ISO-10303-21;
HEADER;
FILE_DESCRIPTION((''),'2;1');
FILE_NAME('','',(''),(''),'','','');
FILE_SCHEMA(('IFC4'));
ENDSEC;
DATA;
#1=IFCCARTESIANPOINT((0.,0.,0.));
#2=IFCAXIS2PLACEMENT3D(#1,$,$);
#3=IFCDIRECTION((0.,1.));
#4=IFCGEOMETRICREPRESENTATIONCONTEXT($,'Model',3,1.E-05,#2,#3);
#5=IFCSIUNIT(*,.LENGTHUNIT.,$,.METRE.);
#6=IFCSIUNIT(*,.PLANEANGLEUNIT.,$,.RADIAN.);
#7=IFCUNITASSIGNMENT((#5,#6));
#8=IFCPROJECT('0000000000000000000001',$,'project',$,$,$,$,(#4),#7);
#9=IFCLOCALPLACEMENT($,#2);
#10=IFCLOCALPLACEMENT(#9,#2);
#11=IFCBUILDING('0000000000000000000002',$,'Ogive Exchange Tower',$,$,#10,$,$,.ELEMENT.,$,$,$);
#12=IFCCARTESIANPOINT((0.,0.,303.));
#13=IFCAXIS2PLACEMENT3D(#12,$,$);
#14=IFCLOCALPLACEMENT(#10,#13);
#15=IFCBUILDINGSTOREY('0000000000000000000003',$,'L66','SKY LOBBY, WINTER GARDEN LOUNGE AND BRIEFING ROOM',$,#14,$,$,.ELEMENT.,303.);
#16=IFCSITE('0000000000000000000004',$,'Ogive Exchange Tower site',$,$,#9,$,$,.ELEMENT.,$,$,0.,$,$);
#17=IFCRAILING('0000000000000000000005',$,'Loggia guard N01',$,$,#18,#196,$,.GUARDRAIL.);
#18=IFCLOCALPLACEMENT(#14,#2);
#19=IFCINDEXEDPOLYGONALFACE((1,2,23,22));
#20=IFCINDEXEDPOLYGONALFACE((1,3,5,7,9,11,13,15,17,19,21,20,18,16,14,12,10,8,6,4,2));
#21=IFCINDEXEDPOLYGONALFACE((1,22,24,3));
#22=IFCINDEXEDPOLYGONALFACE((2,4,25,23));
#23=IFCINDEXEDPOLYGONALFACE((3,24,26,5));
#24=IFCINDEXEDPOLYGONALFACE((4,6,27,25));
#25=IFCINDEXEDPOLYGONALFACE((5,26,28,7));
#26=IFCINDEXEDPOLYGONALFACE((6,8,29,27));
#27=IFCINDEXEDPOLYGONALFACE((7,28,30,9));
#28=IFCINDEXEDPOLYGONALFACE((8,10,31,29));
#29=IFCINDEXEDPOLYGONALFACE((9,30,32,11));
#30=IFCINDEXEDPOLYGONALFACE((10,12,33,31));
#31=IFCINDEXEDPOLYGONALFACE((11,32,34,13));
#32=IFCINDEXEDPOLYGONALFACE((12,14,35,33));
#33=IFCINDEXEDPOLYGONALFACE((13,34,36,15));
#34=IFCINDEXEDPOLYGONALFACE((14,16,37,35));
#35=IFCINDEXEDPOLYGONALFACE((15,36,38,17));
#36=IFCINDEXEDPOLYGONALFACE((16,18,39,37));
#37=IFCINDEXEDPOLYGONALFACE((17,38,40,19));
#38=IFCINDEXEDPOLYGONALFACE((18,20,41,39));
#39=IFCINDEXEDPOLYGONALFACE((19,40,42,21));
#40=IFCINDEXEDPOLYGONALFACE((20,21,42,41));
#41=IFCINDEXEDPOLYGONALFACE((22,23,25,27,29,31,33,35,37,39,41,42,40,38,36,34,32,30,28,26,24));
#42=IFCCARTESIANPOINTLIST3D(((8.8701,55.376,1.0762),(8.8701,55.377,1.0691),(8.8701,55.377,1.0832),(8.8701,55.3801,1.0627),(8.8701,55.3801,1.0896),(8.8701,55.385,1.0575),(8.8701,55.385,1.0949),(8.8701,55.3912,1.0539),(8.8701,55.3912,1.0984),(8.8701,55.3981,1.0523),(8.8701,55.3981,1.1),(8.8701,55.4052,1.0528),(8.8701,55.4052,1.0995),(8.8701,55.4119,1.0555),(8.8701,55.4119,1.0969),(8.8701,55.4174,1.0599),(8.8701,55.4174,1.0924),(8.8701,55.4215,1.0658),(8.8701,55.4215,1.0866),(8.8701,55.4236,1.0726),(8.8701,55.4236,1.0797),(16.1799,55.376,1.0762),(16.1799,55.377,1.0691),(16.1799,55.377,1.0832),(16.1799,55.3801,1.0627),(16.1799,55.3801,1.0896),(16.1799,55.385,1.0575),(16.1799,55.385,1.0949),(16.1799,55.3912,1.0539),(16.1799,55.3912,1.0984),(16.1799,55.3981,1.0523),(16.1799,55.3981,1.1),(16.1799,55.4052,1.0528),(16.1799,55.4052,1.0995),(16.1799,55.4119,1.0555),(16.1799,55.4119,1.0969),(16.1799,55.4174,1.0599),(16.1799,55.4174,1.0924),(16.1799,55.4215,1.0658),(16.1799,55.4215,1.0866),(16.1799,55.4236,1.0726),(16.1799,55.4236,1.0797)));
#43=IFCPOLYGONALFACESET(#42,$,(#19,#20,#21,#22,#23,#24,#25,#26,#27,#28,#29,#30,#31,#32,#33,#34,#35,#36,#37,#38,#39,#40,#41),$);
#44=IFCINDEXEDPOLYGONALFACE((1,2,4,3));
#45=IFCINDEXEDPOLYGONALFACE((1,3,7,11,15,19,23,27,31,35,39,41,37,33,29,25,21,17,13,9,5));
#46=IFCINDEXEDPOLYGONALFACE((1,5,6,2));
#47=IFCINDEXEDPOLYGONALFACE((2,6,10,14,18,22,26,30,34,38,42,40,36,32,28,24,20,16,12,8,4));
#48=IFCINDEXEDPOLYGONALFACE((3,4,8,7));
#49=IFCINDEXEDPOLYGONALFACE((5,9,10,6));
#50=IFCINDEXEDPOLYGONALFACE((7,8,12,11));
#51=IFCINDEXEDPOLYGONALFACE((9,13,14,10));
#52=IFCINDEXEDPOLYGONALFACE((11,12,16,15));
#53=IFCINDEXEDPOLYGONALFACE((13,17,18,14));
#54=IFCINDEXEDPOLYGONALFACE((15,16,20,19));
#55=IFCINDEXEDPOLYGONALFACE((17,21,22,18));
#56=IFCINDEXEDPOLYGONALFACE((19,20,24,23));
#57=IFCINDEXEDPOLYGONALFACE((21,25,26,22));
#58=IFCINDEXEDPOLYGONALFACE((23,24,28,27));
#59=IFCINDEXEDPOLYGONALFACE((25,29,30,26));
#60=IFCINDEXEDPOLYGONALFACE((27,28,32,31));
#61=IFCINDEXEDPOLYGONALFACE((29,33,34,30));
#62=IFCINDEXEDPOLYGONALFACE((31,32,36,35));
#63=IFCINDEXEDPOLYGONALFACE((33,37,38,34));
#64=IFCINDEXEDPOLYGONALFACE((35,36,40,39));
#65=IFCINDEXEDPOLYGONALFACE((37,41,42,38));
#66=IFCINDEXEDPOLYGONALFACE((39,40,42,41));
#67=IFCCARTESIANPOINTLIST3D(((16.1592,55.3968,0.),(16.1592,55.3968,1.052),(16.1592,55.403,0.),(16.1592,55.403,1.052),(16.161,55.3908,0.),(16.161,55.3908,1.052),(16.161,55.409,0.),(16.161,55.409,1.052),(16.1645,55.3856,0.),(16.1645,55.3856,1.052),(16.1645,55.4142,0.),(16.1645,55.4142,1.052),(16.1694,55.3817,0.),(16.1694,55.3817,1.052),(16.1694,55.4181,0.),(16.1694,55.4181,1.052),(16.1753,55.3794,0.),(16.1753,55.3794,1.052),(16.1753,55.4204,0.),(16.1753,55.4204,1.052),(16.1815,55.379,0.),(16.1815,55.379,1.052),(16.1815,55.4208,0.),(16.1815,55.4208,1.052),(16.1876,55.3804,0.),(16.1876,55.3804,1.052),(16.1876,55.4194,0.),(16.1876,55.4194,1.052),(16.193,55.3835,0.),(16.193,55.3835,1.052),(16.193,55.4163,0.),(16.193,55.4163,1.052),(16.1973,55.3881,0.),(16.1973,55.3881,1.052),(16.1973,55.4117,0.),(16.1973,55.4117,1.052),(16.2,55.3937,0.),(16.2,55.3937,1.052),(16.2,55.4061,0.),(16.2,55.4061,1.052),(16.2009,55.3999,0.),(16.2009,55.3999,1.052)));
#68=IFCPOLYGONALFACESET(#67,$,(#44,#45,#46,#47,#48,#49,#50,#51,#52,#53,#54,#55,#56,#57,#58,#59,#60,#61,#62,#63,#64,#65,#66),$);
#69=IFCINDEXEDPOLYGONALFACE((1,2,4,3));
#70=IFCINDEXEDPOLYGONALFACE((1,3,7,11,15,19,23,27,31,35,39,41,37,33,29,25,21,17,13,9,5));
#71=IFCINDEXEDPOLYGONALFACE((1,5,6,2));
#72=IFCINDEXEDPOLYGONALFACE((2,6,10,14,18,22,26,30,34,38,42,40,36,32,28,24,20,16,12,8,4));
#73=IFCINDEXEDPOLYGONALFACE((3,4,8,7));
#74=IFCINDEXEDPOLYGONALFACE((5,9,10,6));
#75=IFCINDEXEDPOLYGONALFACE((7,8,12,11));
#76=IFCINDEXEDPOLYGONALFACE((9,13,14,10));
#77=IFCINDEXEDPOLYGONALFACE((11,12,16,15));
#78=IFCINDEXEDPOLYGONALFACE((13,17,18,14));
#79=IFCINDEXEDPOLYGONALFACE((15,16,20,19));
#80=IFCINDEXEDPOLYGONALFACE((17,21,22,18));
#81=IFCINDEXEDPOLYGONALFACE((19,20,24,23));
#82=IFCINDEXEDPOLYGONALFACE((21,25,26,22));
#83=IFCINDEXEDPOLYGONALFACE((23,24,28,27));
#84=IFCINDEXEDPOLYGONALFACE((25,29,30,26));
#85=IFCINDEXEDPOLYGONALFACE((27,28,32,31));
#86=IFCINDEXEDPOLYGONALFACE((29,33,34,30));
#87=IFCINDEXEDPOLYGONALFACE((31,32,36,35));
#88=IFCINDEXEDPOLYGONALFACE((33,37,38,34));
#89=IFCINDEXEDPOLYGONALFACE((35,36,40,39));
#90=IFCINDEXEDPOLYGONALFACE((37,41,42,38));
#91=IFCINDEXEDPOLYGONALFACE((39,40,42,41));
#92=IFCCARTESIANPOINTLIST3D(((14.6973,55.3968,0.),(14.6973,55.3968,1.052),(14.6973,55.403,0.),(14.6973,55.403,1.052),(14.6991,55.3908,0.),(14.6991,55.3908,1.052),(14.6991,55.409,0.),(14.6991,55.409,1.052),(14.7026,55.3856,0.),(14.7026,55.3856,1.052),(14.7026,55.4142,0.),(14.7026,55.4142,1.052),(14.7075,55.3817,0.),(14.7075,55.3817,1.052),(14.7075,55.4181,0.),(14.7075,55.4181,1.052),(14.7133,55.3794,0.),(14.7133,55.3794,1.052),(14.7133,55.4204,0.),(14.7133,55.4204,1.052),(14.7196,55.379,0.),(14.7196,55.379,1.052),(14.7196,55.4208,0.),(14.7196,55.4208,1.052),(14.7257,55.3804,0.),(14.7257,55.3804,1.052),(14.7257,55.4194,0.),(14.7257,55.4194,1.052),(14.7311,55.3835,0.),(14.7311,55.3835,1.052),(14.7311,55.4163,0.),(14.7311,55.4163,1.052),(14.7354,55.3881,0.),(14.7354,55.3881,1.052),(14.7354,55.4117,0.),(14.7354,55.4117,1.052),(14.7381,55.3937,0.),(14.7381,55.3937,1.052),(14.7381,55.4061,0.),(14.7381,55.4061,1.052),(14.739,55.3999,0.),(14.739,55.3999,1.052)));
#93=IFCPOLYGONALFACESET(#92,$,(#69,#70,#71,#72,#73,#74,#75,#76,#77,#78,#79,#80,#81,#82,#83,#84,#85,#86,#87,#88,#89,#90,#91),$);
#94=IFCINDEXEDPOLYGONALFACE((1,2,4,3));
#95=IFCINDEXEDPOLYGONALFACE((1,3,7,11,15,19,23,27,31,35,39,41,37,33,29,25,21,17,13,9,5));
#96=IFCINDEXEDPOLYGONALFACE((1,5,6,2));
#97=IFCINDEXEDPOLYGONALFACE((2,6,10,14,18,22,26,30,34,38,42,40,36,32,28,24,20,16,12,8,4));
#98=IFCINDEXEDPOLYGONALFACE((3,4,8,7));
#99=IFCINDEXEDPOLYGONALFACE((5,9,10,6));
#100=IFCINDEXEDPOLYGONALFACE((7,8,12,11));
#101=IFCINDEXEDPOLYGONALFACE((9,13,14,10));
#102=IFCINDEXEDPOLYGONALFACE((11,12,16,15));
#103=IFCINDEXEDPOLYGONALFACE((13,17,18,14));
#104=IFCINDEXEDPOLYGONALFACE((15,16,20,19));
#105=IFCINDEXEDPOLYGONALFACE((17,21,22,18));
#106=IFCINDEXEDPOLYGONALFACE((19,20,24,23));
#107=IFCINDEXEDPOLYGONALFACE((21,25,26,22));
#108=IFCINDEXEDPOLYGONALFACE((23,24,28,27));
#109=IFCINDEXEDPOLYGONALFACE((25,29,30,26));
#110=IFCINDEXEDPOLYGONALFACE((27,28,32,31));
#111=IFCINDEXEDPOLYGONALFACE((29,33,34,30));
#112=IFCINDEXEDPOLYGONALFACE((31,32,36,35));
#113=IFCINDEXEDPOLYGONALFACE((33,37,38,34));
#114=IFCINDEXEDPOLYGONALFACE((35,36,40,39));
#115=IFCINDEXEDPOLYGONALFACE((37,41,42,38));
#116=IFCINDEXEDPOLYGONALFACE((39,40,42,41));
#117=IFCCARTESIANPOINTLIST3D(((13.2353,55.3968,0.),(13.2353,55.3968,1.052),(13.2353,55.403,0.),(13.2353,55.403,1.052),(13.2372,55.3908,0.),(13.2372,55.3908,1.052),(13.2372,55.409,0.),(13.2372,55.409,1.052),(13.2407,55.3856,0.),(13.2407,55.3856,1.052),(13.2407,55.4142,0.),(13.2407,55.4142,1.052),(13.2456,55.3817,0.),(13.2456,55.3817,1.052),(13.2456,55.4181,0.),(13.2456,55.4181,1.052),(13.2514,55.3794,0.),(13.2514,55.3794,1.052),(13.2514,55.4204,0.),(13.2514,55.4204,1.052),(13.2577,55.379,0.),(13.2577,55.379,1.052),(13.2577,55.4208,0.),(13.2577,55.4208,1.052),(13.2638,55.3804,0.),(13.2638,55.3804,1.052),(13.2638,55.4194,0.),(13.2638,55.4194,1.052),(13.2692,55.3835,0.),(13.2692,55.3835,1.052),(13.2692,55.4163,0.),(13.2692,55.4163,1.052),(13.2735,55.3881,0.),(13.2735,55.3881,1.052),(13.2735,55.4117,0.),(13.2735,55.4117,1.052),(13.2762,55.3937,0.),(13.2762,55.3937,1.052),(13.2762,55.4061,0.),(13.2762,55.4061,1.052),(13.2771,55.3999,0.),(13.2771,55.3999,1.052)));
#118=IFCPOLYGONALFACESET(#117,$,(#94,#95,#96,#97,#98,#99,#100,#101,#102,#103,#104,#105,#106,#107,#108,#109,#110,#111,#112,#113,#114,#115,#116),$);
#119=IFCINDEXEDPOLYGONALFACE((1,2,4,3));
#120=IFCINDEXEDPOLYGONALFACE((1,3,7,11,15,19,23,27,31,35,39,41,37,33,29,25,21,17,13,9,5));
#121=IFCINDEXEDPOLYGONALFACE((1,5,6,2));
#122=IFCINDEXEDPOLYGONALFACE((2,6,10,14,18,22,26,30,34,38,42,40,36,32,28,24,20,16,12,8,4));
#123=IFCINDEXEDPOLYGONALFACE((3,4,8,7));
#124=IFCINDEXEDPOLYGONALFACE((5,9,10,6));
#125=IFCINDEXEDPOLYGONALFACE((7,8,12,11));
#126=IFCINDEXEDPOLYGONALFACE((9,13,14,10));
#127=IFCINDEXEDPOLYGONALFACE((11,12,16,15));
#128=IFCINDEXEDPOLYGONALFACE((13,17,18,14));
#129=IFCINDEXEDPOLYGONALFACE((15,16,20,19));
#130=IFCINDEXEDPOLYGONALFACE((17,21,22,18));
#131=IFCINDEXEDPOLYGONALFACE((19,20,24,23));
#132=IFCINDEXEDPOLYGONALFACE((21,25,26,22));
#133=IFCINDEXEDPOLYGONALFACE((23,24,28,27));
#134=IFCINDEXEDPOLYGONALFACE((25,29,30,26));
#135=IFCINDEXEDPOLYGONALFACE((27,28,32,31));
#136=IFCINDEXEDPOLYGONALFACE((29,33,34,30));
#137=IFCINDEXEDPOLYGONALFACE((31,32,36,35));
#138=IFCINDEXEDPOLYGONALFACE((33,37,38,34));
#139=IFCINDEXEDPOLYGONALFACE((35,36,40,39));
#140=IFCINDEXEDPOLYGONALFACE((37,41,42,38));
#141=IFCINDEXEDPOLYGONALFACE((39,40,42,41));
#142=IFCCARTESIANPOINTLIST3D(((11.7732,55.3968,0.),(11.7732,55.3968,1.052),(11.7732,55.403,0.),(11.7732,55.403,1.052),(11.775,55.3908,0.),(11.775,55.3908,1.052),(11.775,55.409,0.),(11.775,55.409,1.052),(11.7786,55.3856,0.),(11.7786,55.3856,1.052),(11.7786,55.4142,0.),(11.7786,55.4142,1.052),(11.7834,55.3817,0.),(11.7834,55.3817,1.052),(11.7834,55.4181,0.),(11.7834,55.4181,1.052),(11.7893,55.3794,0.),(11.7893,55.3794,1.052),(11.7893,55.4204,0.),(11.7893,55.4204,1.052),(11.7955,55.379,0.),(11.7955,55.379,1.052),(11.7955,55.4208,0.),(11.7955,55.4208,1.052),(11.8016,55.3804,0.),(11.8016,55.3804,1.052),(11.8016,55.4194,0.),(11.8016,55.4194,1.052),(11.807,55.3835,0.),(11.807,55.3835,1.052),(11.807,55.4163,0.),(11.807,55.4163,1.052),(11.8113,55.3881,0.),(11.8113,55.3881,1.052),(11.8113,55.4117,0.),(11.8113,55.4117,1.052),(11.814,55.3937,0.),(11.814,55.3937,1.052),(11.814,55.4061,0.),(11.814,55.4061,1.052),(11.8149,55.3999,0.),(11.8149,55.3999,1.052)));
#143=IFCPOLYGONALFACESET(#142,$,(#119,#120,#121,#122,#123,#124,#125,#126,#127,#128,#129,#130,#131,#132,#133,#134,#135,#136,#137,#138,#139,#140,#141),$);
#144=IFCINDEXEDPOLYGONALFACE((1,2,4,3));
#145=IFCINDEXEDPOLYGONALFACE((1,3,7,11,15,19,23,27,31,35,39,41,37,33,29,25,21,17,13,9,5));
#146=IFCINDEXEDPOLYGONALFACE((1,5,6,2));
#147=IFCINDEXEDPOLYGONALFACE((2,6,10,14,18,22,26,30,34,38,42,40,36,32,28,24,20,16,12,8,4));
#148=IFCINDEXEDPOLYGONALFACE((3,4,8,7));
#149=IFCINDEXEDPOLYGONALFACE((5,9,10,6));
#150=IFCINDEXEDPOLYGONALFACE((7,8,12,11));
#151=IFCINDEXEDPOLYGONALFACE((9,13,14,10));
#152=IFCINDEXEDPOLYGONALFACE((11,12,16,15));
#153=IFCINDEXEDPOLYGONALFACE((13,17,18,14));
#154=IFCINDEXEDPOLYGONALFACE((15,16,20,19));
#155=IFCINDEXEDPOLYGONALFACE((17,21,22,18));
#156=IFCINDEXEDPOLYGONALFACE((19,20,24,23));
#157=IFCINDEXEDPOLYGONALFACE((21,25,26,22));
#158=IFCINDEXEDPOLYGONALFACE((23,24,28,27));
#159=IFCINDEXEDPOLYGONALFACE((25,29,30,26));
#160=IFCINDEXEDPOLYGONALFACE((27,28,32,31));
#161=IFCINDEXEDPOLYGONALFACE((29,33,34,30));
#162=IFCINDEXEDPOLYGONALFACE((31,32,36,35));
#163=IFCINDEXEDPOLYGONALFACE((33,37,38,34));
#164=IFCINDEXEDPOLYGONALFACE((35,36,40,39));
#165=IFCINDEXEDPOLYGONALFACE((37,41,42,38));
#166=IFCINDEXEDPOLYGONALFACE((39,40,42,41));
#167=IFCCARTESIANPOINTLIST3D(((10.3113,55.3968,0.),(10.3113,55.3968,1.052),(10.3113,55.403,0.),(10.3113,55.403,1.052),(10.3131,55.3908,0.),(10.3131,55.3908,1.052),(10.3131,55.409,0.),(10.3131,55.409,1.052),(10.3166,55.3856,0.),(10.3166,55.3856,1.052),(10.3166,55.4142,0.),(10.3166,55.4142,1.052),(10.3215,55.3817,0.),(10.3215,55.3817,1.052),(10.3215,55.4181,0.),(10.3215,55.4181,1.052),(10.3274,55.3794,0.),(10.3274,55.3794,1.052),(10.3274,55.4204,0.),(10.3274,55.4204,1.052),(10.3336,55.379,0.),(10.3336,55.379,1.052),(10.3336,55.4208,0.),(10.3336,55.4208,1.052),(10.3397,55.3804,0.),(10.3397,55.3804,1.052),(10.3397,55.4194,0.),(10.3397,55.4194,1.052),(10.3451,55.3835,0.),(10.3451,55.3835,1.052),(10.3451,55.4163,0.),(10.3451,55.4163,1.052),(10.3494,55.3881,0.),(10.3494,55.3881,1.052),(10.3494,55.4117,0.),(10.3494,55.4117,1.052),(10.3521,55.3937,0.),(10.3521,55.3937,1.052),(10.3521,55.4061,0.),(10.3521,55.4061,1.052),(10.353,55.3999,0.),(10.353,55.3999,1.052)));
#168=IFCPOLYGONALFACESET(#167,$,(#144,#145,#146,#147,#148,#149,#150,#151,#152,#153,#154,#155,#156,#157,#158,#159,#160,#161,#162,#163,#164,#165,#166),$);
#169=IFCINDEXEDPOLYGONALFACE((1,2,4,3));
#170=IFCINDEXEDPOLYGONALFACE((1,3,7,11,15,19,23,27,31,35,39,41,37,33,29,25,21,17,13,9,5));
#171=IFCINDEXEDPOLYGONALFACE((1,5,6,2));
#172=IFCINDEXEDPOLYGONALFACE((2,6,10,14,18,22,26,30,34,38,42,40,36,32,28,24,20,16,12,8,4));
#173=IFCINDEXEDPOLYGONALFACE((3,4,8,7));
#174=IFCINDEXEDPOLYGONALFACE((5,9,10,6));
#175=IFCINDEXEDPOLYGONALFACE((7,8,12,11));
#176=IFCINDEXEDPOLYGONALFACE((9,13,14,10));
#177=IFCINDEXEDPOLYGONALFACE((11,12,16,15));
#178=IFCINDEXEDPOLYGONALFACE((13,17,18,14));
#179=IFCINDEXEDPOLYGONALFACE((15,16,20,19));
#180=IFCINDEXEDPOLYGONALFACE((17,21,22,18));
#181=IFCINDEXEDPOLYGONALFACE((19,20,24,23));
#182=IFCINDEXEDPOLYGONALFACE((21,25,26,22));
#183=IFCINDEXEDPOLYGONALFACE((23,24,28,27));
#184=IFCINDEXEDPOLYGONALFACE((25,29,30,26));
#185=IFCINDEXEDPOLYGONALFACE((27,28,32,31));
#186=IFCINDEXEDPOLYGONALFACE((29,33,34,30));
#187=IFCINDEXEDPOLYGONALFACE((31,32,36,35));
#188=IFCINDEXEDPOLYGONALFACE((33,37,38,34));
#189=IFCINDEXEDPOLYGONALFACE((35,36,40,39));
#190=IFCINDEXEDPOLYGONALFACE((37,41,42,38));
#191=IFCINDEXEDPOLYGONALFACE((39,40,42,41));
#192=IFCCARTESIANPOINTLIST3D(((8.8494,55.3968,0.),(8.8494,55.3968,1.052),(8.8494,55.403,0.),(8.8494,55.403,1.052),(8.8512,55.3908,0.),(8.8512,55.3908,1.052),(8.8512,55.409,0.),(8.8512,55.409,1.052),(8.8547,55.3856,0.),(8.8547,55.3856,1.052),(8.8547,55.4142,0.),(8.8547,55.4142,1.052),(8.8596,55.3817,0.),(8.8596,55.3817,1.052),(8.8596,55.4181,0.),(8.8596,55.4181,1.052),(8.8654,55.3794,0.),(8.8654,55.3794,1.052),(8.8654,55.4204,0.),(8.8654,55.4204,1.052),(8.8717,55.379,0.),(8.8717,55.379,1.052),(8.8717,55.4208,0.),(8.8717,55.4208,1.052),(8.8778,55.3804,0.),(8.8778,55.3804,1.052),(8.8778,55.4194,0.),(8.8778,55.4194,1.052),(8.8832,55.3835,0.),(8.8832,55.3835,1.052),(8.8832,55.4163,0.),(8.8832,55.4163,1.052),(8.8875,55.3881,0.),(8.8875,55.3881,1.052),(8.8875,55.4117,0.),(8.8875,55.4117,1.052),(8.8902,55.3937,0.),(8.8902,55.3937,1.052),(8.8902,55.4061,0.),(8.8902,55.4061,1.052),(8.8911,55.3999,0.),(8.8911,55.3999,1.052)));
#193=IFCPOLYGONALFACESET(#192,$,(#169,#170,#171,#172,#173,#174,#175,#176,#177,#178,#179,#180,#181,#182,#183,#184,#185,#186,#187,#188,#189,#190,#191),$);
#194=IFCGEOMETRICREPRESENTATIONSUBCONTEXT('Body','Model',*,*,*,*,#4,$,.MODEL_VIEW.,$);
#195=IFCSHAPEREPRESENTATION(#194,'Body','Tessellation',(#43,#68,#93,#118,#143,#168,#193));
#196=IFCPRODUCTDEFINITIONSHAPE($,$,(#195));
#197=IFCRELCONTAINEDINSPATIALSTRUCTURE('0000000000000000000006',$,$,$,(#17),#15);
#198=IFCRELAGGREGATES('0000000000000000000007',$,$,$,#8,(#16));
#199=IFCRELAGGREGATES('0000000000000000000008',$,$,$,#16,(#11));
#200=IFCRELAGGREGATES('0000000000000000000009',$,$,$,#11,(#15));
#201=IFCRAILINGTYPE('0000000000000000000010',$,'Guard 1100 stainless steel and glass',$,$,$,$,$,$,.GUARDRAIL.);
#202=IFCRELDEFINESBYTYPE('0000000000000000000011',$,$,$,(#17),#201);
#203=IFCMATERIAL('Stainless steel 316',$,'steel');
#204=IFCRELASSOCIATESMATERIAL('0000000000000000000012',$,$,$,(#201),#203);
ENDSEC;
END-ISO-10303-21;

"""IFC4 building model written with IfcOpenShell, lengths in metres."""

from ifc_helpers import new_model, si_unit, direction, frame, origin, origin_2d, place, context, subcontext, project, spatial, circle, extrude, material, type_object, element, save


model = new_model("IFC4")

# Units and contexts
model_context = context("Model", 3, precision=1e-05, world=origin(), true_north=direction((0.0, 1.0)))
body_context = subcontext(model_context, "Body", "Model", "MODEL_VIEW")
ifc_project = project(units=[si_unit("LENGTHUNIT", "METRE"), si_unit("PLANEANGLEUNIT", "RADIAN")], contexts=[model_context])

# Site, building, storey
site_placement = place(None, origin())
site = spatial("IfcSite", under=ifc_project, at=site_placement, Name="Ogive Exchange Tower site", CompositionType="ELEMENT", RefElevation=0.0)
building_placement = place(site_placement, origin())
building = spatial("IfcBuilding", under=site, at=building_placement, Name="Ogive Exchange Tower", CompositionType="ELEMENT")
storey_placement = place(building_placement, frame((0.0, 0.0, 303.0)))
storey = spatial("IfcBuildingStorey", under=building, at=storey_placement, Name="L66", Description="SKY LOBBY, WINTER GARDEN LOUNGE AND BRIEFING ROOM", CompositionType="ELEMENT", Elevation=303.0)

# Railing
ifc_material_1 = material(Name="Stainless steel 316", Category="steel")
railing_type = type_object("IfcRailingType", Name="Guard 1100 stainless steel and glass", PredefinedType="GUARDRAIL", material=ifc_material_1)
railing_1_placement = place(storey_placement, frame((16.1799, 55.3999, 0.0)))
element("IfcRailing", 1, at=railing_1_placement, inside=storey, type_object=railing_type, Name="Loggia guard N01", PredefinedType="GUARDRAIL", context=body_context, shape_type="SweptSolid", body=[
    extrude(circle(Radius=0.0239, at=origin_2d()), frame((0.0, 0.0, 1.0762), z_axis=(-1.0, 0.0, 0.0), x_axis=(0.0, -1.0, 0.0)), (0.0, 0.0, 1.0), 7.3098),
    extrude(circle(Radius=0.021, at=origin_2d()), origin(), (0.0, 0.0, 1.0), 1.052),
    extrude(circle(Radius=0.021, at=origin_2d()), frame((-1.4619, 0.0, 0.0)), (0.0, 0.0, 1.0), 1.052),
    extrude(circle(Radius=0.021, at=origin_2d()), frame((-2.9238, 0.0, 0.0)), (0.0, 0.0, 1.0), 1.052),
    extrude(circle(Radius=0.021, at=origin_2d()), frame((-4.386, 0.0, 0.0)), (0.0, 0.0, 1.0), 1.052),
    extrude(circle(Radius=0.021, at=origin_2d()), frame((-5.8479, 0.0, 0.0)), (0.0, 0.0, 1.0), 1.052),
    extrude(circle(Radius=0.021, at=origin_2d()), frame((-7.3098, 0.0, 0.0)), (0.0, 0.0, 1.0), 1.052),
])

save(model, "model.ifc")
